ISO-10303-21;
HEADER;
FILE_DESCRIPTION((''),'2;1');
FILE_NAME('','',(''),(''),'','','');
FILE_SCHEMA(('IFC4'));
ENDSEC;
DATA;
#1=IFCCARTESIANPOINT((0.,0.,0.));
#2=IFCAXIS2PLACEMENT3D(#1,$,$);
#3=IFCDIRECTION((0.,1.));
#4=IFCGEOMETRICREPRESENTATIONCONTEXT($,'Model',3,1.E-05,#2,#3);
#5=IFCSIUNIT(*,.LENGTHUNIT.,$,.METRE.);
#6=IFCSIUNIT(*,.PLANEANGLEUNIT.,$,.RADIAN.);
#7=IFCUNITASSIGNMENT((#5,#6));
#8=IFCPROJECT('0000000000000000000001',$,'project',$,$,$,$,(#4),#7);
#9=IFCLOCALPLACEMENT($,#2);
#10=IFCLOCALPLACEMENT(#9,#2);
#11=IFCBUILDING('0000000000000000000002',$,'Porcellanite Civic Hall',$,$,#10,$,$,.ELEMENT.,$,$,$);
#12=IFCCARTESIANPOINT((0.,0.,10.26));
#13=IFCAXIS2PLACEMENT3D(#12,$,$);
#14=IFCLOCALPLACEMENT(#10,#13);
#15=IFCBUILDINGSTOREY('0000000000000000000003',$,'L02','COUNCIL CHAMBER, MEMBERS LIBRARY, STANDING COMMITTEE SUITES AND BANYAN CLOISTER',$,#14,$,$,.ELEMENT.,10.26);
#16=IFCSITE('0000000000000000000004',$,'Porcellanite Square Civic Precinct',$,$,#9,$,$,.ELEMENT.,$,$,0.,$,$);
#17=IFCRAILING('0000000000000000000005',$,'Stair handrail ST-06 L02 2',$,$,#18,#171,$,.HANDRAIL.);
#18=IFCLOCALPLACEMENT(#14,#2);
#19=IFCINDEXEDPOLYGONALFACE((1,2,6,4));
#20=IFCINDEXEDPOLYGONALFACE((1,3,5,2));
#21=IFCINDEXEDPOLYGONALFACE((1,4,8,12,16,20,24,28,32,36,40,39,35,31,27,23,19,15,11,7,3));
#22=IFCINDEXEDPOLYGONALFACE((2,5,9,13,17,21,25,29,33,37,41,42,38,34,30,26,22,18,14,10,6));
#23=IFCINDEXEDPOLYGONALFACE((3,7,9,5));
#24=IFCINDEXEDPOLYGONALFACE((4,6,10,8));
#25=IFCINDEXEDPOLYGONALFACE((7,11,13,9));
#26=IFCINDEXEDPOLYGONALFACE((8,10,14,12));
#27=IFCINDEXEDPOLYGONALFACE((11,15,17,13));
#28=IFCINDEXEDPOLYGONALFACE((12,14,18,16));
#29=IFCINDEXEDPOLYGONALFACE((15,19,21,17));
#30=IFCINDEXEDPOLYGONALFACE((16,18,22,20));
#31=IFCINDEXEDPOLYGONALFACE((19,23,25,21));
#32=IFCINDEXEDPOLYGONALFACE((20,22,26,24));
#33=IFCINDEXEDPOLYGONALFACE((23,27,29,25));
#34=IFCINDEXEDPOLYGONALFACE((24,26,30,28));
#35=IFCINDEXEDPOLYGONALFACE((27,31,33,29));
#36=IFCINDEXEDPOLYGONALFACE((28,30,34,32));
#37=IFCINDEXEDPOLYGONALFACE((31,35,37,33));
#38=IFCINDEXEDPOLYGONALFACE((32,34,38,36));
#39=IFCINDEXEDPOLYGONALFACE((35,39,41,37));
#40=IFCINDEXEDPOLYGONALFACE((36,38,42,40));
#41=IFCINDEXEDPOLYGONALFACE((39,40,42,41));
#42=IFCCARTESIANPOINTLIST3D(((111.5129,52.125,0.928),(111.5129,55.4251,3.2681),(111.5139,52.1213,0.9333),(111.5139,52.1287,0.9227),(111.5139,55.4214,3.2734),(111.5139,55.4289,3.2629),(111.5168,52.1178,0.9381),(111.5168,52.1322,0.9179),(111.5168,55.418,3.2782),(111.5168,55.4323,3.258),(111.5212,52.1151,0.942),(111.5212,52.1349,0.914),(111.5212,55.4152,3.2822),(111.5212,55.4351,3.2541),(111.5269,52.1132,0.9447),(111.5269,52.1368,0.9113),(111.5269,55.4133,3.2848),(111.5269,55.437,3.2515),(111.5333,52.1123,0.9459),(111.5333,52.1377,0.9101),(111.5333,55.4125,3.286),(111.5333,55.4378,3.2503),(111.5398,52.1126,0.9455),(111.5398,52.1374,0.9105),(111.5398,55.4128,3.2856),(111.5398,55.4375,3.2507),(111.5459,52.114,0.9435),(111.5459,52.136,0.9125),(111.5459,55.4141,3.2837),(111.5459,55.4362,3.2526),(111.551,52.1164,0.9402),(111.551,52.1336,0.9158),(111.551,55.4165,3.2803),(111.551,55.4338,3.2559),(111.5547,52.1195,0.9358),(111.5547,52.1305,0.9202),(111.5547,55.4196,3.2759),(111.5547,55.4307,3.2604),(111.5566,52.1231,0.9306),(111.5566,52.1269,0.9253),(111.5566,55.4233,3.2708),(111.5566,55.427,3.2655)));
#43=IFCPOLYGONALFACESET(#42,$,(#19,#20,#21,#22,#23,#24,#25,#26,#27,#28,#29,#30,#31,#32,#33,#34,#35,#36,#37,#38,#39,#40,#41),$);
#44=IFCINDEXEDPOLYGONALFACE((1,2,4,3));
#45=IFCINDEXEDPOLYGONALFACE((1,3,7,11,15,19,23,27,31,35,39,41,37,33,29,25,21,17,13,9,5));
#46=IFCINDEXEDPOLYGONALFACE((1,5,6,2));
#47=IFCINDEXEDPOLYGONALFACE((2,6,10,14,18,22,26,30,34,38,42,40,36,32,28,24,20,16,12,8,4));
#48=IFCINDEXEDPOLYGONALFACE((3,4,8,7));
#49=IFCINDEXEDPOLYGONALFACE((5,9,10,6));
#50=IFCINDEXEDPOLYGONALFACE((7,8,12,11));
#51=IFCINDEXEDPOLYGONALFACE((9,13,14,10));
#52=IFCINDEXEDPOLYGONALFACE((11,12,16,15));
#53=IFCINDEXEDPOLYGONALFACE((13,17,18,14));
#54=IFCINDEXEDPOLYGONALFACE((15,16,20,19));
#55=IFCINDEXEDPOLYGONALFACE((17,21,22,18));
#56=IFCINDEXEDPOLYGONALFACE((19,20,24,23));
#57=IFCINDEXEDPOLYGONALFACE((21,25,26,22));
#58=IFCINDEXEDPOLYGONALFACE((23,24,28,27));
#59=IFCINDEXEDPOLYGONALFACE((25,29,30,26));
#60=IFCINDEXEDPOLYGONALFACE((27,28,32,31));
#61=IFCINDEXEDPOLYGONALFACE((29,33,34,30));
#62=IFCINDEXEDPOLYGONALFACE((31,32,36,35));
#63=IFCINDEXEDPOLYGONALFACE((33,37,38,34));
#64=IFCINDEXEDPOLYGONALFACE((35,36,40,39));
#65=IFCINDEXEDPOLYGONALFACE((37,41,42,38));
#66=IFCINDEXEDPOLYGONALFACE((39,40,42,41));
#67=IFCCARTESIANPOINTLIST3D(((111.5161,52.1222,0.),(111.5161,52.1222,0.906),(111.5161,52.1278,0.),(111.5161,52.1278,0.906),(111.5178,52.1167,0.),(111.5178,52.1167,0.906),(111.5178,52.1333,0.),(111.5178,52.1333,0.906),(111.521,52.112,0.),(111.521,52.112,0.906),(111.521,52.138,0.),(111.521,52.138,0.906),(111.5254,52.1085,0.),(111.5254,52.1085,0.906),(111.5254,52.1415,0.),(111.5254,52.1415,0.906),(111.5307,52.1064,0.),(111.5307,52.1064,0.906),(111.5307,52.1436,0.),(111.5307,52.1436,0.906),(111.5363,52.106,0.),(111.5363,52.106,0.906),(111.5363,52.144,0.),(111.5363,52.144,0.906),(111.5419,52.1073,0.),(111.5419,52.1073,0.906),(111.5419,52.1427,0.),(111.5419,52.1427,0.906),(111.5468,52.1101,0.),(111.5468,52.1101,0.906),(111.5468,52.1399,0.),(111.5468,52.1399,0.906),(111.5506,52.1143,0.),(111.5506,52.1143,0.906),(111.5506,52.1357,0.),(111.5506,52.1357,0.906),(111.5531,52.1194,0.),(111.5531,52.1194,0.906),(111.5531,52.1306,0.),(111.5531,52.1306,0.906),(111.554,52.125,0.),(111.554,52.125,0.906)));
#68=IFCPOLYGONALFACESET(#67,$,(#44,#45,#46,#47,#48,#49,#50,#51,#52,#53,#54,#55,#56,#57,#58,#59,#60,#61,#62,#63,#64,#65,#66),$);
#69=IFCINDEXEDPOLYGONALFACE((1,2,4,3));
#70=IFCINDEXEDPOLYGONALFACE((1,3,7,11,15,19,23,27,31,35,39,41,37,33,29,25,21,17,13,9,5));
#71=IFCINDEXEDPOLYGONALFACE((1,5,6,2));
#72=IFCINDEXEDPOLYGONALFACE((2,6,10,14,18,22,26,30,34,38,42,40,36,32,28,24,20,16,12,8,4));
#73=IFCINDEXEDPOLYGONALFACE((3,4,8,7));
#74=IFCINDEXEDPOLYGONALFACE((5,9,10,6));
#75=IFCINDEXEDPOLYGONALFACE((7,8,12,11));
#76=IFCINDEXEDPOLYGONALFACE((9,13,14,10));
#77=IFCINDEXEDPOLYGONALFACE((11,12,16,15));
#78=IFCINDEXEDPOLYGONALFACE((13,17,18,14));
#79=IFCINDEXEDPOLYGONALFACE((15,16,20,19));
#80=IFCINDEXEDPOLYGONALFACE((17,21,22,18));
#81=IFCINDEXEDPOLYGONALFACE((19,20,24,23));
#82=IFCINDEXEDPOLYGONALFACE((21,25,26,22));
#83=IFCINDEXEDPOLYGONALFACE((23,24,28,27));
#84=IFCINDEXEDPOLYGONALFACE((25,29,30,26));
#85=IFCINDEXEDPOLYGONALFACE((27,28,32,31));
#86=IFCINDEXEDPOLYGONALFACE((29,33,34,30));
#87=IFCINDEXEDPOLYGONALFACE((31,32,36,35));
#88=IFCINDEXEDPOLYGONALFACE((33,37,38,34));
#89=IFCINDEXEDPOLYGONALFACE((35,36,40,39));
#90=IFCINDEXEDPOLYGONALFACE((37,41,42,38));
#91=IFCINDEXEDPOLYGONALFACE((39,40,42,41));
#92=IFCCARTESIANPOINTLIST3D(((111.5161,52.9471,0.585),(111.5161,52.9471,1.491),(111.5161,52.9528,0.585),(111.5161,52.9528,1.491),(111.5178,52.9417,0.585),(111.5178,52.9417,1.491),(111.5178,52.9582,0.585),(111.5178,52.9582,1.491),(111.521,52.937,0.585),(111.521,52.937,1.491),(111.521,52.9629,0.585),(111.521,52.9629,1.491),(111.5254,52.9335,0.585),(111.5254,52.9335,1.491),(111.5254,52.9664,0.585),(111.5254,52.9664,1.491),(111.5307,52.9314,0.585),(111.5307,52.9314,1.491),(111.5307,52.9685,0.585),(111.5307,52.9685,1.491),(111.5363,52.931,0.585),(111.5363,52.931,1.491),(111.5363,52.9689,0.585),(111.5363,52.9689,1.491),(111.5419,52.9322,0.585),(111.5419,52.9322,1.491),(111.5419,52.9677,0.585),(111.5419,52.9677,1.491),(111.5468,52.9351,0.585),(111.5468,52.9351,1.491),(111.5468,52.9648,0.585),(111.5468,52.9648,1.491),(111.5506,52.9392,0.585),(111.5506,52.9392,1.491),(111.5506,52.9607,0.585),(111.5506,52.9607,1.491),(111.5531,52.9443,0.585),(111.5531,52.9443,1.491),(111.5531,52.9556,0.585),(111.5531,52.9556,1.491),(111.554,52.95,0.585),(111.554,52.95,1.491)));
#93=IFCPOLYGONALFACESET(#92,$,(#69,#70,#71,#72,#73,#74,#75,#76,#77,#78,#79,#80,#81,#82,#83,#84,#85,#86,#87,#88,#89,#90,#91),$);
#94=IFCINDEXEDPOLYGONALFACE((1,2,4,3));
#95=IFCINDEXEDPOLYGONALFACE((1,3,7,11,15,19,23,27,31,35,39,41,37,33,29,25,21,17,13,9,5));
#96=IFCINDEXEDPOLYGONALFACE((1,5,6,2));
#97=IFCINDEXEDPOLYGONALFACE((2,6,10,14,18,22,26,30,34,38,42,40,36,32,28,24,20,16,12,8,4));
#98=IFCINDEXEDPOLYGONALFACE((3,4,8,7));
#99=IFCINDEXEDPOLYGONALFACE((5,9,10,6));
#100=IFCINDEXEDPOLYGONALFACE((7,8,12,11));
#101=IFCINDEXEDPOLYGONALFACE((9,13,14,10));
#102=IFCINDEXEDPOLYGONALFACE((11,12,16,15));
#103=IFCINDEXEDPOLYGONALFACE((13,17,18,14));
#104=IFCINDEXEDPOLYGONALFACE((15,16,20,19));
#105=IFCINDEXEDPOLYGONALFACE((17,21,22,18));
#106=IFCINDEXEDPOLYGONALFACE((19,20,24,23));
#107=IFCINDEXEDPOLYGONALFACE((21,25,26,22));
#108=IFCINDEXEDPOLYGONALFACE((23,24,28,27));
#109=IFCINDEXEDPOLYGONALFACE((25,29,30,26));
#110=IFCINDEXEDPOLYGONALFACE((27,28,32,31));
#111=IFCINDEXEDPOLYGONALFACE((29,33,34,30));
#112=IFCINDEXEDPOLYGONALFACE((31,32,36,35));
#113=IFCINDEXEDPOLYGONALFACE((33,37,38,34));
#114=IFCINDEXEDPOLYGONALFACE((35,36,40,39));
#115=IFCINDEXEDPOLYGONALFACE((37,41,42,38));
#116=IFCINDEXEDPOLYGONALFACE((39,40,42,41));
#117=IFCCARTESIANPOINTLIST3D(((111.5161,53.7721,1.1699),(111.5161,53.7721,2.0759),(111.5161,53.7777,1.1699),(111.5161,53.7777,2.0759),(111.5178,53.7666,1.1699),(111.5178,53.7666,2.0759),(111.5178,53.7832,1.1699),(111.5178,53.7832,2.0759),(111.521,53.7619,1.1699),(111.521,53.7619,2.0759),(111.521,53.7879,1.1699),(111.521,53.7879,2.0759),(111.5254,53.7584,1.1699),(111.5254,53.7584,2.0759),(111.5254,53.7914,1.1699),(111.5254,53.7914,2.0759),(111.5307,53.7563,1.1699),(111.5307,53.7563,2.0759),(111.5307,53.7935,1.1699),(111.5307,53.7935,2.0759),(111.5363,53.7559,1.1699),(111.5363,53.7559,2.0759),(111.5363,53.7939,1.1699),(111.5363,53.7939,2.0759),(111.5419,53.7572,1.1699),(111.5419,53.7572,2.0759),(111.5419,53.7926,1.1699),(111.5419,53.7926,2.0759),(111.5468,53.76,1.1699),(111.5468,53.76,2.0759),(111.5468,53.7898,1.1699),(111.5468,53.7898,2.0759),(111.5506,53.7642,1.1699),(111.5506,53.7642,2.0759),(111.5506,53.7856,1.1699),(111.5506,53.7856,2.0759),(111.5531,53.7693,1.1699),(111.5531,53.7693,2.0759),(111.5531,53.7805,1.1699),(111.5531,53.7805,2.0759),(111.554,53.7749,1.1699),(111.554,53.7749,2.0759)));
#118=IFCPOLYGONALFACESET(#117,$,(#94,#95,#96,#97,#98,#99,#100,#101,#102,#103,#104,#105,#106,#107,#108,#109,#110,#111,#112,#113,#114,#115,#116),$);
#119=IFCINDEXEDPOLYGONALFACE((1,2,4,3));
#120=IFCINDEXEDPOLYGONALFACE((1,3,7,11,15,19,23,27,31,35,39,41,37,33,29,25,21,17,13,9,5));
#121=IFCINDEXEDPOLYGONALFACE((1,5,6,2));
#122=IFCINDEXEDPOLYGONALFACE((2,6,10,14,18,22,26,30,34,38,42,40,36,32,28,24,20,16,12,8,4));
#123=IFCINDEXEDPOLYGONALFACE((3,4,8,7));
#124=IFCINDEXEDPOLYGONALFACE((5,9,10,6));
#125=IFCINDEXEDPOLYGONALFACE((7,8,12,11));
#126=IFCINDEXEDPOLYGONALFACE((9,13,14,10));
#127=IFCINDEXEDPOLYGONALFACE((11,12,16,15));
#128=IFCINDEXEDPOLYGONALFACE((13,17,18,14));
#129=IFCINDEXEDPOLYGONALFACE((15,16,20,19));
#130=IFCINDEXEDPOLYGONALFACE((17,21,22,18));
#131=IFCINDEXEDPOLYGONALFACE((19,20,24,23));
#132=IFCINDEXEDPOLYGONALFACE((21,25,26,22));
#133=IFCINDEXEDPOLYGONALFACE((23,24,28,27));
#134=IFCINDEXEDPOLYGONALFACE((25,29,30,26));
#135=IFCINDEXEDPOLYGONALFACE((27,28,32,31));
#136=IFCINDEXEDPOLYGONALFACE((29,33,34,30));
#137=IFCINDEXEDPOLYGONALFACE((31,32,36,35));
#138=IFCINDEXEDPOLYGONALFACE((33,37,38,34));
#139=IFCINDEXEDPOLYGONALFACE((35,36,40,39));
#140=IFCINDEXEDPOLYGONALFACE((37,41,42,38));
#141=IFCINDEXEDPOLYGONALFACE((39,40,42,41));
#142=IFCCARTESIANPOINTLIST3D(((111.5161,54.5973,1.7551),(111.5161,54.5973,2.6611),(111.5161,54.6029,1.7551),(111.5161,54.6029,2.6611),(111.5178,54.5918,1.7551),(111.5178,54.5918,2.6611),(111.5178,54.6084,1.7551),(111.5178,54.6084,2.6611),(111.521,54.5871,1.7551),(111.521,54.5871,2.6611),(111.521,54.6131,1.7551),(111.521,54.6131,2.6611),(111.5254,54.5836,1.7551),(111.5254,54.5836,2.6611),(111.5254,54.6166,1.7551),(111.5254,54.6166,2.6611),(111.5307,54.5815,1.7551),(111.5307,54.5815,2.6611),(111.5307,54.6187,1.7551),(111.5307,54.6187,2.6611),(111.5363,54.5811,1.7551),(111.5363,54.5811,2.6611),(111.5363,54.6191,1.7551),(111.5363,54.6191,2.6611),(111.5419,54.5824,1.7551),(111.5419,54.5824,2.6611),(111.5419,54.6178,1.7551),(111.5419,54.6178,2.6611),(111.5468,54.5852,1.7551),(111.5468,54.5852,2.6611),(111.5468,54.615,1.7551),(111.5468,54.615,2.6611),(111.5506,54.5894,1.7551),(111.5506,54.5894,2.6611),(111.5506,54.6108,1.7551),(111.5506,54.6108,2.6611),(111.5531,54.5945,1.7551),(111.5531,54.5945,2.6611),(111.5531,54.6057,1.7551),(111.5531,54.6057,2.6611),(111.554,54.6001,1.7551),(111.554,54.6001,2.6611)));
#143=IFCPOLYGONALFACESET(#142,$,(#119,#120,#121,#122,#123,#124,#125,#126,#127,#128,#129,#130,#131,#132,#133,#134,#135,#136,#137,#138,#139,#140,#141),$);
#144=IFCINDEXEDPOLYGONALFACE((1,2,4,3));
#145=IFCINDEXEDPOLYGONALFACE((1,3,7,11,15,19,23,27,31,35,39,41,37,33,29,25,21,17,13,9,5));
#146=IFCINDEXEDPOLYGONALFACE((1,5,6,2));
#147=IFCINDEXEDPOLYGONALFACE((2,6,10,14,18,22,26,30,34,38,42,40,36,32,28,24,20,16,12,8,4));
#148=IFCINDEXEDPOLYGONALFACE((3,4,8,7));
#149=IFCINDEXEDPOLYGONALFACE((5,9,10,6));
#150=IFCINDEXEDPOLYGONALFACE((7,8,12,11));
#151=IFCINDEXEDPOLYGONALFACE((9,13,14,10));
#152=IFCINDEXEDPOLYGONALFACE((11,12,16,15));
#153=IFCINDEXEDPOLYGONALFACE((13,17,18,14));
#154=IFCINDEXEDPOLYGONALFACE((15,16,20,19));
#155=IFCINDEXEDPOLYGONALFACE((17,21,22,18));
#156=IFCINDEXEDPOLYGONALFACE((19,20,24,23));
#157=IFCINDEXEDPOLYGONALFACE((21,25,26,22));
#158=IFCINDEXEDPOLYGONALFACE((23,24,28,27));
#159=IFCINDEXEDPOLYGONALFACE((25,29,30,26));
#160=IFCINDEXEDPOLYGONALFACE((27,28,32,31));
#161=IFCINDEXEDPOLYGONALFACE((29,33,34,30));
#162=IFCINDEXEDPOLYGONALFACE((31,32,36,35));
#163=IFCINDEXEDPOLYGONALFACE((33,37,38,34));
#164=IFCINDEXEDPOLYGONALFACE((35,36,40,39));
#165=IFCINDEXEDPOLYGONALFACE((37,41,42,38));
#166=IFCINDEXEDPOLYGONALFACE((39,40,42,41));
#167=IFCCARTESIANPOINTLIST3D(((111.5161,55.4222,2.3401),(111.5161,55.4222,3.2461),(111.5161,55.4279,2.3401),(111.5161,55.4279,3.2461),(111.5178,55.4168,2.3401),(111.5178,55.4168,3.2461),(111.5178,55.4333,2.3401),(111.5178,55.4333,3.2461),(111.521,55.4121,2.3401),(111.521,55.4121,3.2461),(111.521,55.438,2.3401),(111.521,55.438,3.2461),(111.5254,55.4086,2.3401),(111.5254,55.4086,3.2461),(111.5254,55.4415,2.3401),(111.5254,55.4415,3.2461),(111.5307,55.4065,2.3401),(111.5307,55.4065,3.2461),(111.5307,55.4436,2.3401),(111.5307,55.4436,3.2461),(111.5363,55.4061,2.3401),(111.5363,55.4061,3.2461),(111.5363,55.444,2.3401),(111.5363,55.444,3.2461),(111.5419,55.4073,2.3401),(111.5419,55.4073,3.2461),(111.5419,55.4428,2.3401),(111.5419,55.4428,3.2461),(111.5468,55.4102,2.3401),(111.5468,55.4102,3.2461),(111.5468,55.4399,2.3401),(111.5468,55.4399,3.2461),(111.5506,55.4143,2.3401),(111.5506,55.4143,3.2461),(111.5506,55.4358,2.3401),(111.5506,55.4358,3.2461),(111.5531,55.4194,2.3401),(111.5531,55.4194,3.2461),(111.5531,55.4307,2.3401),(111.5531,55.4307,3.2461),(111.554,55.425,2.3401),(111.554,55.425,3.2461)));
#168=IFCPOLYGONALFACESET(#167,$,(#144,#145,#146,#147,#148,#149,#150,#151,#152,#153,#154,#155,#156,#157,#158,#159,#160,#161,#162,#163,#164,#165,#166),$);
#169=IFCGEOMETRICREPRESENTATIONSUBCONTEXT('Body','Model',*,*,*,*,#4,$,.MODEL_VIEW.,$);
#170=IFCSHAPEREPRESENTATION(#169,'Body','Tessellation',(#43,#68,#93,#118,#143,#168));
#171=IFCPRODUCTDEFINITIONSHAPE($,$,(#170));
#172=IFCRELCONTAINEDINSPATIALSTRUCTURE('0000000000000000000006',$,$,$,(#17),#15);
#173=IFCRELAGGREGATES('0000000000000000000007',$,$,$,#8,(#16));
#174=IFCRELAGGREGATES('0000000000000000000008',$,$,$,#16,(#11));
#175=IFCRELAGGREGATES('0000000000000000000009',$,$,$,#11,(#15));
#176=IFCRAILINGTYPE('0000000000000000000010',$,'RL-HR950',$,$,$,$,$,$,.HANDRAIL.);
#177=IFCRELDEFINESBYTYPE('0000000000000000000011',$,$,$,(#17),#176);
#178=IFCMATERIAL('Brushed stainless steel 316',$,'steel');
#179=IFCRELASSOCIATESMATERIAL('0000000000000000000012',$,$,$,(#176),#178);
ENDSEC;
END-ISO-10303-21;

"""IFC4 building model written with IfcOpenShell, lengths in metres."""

from ifc_helpers import new_model, si_unit, direction, frame, origin, origin_2d, place, context, subcontext, project, spatial, circle, extrude, material, type_object, element, save


model = new_model("IFC4")

# Units and contexts
model_context = context("Model", 3, precision=1e-05, world=origin(), true_north=direction((0.0, 1.0)))
body_context = subcontext(model_context, "Body", "Model", "MODEL_VIEW")
ifc_project = project(units=[si_unit("LENGTHUNIT", "METRE"), si_unit("PLANEANGLEUNIT", "RADIAN")], contexts=[model_context])

# Site, building, storey
site_placement = place(None, origin())
site = spatial("IfcSite", under=ifc_project, at=site_placement, Name="Porcellanite Square Civic Precinct", CompositionType="ELEMENT", RefElevation=0.0)
building_placement = place(site_placement, origin())
building = spatial("IfcBuilding", under=site, at=building_placement, Name="Porcellanite Civic Hall", CompositionType="ELEMENT")
storey_placement = place(building_placement, frame((0.0, 0.0, 10.26)))
storey = spatial("IfcBuildingStorey", under=building, at=storey_placement, Name="L02", Description="COUNCIL CHAMBER, MEMBERS LIBRARY, STANDING COMMITTEE SUITES AND BANYAN CLOISTER", CompositionType="ELEMENT", Elevation=10.26)

# Railing
ifc_material_1 = material(Name="Brushed stainless steel 316", Category="steel")
railing_type_1 = type_object("IfcRailingType", Name="RL-HR950", PredefinedType="HANDRAIL", material=ifc_material_1)
railing_1_placement = place(storey_placement, frame((111.5349, 52.125, 0.0)))
element("IfcRailing", 1, at=railing_1_placement, inside=storey, type_object=railing_type_1, Name="Stair handrail ST-06 L02 2", PredefinedType="HANDRAIL", context=body_context, shape_type="SweptSolid", body=[
    extrude(circle(Radius=0.022, at=origin_2d()), frame((0.0, 0.0, 0.928), z_axis=(0.0, 0.815727, 0.578438), x_axis=(-1.0, 0.0, 0.0)), (0.0, 0.0, 1.0), 4.0457),
    extrude(circle(Radius=0.019, at=origin_2d()), origin(), (0.0, 0.0, 1.0), 0.906),
    extrude(circle(Radius=0.019, at=origin_2d()), frame((0.0, 0.825, 0.585)), (0.0, 0.0, 1.0), 0.906),
    extrude(circle(Radius=0.019, at=origin_2d()), frame((0.0, 1.6499, 1.1699)), (0.0, 0.0, 1.0), 0.906),
    extrude(circle(Radius=0.019, at=origin_2d()), frame((0.0, 2.4751, 1.7551)), (0.0, 0.0, 1.0), 0.906),
    extrude(circle(Radius=0.019, at=origin_2d()), frame((0.0, 3.3, 2.3401)), (0.0, 0.0, 1.0), 0.906),
])

save(model, "model.ifc")
